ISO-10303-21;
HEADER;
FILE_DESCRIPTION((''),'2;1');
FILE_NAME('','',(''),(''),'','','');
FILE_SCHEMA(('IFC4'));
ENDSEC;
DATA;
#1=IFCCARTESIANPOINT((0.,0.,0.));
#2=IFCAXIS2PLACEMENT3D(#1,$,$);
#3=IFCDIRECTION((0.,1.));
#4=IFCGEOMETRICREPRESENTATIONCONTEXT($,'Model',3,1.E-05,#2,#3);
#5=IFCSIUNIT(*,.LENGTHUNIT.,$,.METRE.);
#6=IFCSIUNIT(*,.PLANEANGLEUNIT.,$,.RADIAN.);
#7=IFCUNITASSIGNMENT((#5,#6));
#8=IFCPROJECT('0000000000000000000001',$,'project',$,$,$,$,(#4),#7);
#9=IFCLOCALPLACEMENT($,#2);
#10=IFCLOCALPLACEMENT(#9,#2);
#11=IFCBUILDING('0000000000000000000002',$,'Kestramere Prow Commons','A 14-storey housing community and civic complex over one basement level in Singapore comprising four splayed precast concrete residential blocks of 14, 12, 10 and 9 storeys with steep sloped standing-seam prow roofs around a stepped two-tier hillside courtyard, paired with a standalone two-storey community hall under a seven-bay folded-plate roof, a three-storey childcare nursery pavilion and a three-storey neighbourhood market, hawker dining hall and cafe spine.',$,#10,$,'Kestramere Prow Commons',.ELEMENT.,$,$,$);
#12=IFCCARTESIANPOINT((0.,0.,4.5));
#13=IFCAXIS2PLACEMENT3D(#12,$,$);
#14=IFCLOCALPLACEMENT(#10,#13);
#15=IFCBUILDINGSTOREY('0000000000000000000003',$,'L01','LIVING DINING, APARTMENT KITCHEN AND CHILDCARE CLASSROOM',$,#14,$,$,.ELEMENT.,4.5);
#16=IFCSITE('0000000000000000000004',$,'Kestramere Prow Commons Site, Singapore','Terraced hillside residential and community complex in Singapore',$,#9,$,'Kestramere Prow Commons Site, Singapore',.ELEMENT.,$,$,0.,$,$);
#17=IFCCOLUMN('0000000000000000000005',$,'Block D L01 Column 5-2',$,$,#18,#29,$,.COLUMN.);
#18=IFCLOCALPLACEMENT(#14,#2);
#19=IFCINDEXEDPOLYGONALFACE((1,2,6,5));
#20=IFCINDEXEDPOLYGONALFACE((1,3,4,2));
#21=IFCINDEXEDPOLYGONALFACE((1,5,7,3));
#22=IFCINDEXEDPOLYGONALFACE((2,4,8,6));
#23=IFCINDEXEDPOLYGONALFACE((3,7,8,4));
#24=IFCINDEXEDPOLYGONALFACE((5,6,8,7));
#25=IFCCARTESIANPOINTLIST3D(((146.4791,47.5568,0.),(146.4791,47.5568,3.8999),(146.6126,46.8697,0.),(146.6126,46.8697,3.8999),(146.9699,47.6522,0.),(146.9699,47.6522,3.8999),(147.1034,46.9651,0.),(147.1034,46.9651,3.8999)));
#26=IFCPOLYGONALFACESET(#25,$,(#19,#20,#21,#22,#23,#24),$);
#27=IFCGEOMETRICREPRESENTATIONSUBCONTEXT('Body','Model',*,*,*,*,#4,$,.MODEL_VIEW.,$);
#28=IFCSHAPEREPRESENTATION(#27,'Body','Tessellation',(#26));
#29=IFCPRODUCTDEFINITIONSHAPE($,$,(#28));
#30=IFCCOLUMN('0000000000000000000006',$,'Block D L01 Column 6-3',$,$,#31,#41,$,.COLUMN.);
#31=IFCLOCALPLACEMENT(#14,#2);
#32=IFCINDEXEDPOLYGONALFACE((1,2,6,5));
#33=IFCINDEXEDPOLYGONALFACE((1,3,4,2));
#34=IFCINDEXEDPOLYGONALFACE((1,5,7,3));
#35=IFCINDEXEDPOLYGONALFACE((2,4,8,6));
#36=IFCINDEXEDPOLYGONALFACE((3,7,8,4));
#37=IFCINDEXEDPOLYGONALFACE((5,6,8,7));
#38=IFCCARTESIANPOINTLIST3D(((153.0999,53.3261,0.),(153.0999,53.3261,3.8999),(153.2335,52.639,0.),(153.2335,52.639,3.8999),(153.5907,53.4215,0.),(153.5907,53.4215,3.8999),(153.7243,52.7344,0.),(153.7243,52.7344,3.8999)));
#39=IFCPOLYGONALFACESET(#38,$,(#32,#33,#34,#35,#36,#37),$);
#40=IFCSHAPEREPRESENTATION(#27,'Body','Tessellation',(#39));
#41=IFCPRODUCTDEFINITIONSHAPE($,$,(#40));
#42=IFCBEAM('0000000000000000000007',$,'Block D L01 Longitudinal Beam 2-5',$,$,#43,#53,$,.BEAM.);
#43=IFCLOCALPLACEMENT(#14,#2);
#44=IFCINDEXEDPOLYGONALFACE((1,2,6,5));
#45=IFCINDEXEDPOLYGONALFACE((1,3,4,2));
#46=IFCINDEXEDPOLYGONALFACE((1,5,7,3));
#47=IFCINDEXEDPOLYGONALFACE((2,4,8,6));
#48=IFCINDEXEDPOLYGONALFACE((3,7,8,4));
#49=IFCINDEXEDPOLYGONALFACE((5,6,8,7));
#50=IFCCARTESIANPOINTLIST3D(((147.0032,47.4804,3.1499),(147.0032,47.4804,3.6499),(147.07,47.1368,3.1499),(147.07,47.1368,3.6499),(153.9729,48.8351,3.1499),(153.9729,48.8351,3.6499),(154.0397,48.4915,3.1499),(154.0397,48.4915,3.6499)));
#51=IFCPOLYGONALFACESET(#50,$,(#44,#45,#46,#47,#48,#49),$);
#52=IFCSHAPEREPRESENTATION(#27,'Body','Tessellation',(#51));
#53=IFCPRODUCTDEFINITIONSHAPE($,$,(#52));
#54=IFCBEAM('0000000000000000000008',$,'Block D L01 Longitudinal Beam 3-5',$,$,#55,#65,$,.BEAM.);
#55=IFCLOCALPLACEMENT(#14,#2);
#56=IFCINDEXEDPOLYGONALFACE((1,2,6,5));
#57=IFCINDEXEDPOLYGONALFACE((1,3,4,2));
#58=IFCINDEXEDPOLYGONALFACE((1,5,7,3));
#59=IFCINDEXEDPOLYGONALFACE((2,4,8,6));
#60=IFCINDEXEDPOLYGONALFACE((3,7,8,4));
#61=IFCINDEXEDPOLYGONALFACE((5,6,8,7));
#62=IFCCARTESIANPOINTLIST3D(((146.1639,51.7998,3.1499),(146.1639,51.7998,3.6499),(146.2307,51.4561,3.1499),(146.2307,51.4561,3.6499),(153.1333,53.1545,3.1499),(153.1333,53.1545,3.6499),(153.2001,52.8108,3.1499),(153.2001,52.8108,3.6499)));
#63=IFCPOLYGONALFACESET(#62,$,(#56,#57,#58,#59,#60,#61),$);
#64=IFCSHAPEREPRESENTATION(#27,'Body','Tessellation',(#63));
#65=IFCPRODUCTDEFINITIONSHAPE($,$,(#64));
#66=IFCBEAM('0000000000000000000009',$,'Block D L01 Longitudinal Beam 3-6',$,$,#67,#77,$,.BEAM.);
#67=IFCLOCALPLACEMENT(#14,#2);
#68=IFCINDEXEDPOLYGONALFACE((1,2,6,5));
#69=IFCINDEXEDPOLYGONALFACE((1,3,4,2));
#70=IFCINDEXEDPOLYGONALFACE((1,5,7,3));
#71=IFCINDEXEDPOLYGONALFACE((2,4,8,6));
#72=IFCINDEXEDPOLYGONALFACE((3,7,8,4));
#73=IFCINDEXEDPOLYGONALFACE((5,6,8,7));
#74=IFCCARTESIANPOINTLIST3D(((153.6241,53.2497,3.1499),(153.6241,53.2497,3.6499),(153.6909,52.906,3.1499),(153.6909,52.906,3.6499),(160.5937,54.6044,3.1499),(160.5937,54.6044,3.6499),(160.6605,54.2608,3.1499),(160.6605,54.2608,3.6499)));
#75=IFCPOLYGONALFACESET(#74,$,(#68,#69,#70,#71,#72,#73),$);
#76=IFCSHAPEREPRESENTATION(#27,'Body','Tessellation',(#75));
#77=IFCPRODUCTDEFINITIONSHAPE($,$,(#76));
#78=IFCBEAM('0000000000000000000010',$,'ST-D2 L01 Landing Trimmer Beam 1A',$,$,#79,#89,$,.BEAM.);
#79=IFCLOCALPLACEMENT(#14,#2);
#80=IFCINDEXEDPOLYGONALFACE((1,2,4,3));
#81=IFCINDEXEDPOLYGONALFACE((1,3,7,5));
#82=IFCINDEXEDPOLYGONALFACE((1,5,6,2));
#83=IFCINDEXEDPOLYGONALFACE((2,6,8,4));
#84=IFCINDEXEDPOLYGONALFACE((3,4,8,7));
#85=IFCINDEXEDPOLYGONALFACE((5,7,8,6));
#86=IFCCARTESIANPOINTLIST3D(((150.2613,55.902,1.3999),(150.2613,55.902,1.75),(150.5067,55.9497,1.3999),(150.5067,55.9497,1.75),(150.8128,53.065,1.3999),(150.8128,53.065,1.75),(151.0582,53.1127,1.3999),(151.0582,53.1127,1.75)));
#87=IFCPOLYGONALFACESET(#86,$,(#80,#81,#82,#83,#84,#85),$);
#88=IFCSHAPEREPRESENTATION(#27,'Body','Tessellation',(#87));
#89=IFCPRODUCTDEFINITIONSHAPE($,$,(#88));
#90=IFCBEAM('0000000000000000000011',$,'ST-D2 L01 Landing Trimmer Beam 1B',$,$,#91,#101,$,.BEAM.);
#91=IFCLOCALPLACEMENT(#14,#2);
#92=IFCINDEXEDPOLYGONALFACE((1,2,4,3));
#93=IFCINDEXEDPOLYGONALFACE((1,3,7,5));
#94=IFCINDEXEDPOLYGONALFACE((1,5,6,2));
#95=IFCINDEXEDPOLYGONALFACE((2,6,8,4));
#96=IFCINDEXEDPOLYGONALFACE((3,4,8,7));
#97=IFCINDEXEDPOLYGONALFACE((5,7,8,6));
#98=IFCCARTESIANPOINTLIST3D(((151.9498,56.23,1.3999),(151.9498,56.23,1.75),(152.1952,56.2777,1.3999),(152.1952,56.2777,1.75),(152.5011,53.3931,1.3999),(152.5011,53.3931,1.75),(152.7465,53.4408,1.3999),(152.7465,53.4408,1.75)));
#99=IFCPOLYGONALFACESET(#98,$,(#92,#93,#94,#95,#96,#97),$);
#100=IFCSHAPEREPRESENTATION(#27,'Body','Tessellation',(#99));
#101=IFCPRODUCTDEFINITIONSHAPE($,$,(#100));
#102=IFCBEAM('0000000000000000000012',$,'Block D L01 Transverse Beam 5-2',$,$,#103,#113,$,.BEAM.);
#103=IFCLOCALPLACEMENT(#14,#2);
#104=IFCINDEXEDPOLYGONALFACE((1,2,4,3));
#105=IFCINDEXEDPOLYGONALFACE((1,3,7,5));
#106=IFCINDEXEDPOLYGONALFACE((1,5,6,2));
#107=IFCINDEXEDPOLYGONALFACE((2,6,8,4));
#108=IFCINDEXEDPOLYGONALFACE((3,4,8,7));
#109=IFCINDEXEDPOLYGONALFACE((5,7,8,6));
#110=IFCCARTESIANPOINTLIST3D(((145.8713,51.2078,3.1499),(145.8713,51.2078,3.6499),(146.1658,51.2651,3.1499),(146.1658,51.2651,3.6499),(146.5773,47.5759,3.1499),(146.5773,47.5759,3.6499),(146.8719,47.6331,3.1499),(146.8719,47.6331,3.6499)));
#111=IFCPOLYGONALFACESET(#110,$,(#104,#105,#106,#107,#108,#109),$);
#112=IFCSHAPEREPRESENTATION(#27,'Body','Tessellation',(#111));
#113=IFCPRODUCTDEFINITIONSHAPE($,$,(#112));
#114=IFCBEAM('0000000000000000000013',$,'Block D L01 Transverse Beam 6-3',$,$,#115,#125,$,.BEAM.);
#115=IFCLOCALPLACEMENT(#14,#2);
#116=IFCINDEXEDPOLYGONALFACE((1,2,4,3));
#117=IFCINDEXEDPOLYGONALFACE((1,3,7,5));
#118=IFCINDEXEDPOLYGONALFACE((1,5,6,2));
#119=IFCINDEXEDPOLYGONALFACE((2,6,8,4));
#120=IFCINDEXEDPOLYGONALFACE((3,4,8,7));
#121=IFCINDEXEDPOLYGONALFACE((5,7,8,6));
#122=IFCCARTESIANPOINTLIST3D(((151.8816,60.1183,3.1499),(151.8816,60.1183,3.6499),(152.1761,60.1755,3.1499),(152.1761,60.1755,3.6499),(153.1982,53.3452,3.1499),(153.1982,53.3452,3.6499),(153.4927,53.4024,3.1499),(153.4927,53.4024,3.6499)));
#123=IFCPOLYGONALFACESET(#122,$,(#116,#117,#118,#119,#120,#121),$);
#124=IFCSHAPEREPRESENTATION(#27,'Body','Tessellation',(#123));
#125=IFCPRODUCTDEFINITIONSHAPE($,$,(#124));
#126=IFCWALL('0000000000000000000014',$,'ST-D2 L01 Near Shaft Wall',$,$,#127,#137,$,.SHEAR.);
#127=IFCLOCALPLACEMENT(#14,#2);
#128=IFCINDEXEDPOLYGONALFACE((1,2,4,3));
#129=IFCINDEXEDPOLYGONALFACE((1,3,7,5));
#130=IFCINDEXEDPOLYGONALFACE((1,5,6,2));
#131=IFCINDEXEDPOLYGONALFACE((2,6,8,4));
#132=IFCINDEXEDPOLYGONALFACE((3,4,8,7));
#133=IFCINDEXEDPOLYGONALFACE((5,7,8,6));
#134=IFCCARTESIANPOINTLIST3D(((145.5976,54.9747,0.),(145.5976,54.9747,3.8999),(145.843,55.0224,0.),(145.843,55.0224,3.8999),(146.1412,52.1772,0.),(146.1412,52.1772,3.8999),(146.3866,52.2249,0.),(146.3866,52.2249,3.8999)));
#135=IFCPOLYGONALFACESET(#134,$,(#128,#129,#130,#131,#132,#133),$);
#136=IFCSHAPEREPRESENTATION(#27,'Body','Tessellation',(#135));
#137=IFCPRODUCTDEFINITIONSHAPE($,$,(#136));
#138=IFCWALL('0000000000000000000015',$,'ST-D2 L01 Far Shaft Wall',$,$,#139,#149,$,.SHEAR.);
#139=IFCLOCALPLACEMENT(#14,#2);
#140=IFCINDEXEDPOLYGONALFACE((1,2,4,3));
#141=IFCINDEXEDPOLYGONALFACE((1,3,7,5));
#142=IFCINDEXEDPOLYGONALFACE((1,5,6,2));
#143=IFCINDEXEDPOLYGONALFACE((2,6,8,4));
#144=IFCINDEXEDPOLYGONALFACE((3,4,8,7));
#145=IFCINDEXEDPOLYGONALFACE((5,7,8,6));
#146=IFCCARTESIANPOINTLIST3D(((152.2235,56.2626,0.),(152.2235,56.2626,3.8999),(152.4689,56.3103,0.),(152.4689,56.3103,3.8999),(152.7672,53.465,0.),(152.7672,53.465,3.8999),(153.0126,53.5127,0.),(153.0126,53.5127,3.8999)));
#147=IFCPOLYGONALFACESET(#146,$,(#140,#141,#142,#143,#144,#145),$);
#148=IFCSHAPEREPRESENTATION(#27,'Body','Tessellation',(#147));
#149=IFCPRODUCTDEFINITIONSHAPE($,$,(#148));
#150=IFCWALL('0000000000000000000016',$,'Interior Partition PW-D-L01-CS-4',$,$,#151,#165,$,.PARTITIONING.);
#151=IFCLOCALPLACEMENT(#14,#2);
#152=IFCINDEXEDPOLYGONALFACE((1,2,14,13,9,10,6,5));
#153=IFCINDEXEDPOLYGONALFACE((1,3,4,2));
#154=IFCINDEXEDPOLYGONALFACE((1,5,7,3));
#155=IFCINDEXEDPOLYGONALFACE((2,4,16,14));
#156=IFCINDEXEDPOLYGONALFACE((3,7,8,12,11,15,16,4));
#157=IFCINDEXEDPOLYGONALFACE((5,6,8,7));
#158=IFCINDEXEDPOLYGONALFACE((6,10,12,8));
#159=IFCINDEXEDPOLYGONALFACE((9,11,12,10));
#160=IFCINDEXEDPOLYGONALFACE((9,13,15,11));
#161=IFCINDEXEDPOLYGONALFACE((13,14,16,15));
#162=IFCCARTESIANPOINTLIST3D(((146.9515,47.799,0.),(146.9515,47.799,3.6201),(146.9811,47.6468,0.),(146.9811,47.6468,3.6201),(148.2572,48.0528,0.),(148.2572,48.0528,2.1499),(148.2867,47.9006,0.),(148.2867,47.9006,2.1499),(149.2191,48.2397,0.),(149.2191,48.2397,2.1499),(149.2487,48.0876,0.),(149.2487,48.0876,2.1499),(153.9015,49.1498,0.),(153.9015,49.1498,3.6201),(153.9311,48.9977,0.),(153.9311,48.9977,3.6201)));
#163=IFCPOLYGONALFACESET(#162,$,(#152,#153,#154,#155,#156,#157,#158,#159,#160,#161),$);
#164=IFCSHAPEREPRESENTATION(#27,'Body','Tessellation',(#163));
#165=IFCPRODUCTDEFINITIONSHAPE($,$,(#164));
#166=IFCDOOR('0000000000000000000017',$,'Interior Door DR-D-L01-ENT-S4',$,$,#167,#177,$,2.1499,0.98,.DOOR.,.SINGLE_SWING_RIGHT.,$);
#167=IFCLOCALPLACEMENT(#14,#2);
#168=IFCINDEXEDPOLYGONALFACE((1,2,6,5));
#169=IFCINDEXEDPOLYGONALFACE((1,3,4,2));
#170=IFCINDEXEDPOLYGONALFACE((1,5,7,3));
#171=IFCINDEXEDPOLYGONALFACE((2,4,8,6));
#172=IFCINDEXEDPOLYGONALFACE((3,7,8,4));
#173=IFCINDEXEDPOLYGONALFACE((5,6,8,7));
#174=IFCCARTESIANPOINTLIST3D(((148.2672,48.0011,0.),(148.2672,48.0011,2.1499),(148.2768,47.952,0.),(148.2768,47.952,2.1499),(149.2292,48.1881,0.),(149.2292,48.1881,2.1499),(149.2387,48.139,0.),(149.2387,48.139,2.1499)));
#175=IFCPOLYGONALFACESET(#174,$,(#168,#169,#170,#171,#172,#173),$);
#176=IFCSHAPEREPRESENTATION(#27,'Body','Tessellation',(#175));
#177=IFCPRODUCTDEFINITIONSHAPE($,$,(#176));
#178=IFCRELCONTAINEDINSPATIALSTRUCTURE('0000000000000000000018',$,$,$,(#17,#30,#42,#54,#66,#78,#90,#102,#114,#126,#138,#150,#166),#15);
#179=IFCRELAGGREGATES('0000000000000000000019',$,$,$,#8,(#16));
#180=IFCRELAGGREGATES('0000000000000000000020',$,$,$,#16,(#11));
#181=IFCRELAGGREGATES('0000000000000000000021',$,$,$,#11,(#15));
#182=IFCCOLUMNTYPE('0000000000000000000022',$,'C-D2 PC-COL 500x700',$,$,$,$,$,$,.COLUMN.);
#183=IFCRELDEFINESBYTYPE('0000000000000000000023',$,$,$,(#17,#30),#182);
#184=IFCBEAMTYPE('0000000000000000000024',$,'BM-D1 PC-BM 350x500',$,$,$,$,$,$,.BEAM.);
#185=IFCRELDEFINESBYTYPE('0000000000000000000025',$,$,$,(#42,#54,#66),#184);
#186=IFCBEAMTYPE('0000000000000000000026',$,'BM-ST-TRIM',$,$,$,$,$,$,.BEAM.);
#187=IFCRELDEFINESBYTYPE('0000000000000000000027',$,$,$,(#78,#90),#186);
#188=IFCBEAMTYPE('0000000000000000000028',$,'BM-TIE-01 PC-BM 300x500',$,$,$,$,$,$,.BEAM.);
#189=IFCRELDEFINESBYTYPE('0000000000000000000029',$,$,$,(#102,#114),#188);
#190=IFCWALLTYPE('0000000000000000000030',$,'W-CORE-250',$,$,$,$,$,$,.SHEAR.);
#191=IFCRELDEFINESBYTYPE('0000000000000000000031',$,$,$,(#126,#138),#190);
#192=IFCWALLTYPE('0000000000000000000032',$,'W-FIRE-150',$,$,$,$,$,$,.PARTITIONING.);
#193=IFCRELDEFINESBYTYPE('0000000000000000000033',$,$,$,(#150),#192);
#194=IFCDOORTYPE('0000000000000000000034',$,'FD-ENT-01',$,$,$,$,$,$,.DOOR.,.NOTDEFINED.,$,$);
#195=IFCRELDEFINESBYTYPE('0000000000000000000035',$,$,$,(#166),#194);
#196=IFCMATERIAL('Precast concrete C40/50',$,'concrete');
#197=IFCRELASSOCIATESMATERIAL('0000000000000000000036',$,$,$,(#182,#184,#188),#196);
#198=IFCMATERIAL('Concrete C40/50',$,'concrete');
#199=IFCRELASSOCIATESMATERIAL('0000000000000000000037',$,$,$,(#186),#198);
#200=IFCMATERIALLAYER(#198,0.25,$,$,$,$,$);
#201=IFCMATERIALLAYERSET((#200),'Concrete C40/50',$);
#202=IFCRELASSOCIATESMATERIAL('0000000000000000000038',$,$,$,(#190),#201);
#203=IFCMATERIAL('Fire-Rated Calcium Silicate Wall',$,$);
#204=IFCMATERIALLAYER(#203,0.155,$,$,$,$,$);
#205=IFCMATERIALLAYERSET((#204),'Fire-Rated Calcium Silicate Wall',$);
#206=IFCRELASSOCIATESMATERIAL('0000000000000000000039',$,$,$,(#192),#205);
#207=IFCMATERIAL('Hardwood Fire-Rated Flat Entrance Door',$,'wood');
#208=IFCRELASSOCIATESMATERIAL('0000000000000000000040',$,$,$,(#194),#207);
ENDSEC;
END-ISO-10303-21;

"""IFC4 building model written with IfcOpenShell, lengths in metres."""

from ifc_helpers import new_model, si_unit, direction, frame, frame_2d, origin, origin_2d, place, context, subcontext, project, spatial, rectangle, extrude, material, layer, layer_set, material_profile, profile_set, type_object, element, fill, save


model = new_model("IFC4")

# Units and contexts
model_context = context("Model", 3, precision=1e-05, world=origin(), true_north=direction((0.0, 1.0)))
body_context = subcontext(model_context, "Body", "Model", "MODEL_VIEW")
ifc_project = project(units=[si_unit("LENGTHUNIT", "METRE"), si_unit("PLANEANGLEUNIT", "RADIAN")], contexts=[model_context])

# Site, building, storey
site_placement = place(None, origin())
site = spatial("IfcSite", under=ifc_project, at=site_placement, Name="Kestramere Prow Commons Site, Singapore", Description="Terraced hillside residential and community complex in Singapore", LongName="Kestramere Prow Commons Site, Singapore", CompositionType="ELEMENT", RefElevation=0.0)
building_placement = place(site_placement, origin())
building = spatial("IfcBuilding", under=site, at=building_placement, Name="Kestramere Prow Commons", Description="A 14-storey housing community and civic complex over one basement level in Singapore comprising four splayed precast concrete residential blocks of 14, 12, 10 and 9 storeys with steep sloped standing-seam prow roofs around a stepped two-tier hillside courtyard, paired with a standalone two-storey community hall under a seven-bay folded-plate roof, a three-storey childcare nursery pavilion and a three-storey neighbourhood market, hawker dining hall and cafe spine.", LongName="Kestramere Prow Commons", CompositionType="ELEMENT")
storey_placement = place(building_placement, frame((0.0, 0.0, 4.5)))
storey = spatial("IfcBuildingStorey", under=building, at=storey_placement, Name="L01", Description="LIVING DINING, APARTMENT KITCHEN AND CHILDCARE CLASSROOM", CompositionType="ELEMENT", Elevation=4.5)

# Columns
ifc_material_1 = material(Name="Precast concrete C40/50", Category="concrete")
ifc_material_profile_1 = material_profile(ifc_material_1, rectangle(XDim=0.5, YDim=0.7, at=origin_2d()), Name="PC-COL 500x700")
ifc_profile_set_1 = profile_set([ifc_material_profile_1], Name="Precast concrete C40/50")
column_type = type_object("IfcColumnType", Name="C-D2 PC-COL 500x700", PredefinedType="COLUMN", material=ifc_profile_set_1)
for number, where, z_axis, x_axis, name in (
    (1, (146.7913, 47.261, 0.0), (0.0, 0.0, 1.0), (0.981627, 0.190809, 0.0), "Block D L01 Column 5-2"),
    (2, (153.4121, 53.0303, 0.0), (0.0, 0.0, 1.0), (0.981627, 0.190809, 0.0), "Block D L01 Column 6-3"),
):
    element("IfcColumn", number, at=place(storey_placement, frame(where, z_axis=z_axis, x_axis=x_axis)), inside=storey, type_object=column_type, Name=name, PredefinedType="COLUMN", context=body_context, shape_type="SweptSolid", body=[
        extrude(rectangle(XDim=0.5, YDim=0.7, at=origin_2d()), origin(), (0.0, 0.0, 1.0), 3.8999),
    ])

# Beams
ifc_material_profile_2 = material_profile(ifc_material_1, rectangle(XDim=0.3501, YDim=0.5, at=origin_2d()), Name="PC-BM 350x500")
ifc_profile_set_2 = profile_set([ifc_material_profile_2], Name="Precast concrete C40/50")
beam_type_1 = type_object("IfcBeamType", Name="BM-D1 PC-BM 350x500", PredefinedType="BEAM", material=ifc_profile_set_2)
beam_1_placement = place(storey_placement, frame((147.0366, 47.3086, 3.3999), z_axis=(0.981628, 0.190803, 0.0), x_axis=(-0.190803, 0.981628, 0.0)))
element("IfcBeam", 3, at=beam_1_placement, inside=storey, type_object=beam_type_1, Name="Block D L01 Longitudinal Beam 2-5", PredefinedType="BEAM", context=body_context, shape_type="SweptSolid", body=[
    extrude(rectangle(XDim=0.3501, YDim=0.5, at=origin_2d()), origin(), (0.0, 0.0, 1.0), 7.1001),
])
beam_2_placement = place(storey_placement, frame((146.1973, 51.6279, 3.3999), z_axis=(0.981627, 0.19081, 0.0), x_axis=(-0.19081, 0.981627, 0.0)))
element("IfcBeam", 4, at=beam_2_placement, inside=storey, type_object=beam_type_1, Name="Block D L01 Longitudinal Beam 3-5", PredefinedType="BEAM", context=body_context, shape_type="SweptSolid", body=[
    extrude(rectangle(XDim=0.3501, YDim=0.5, at=origin_2d()), origin(), (0.0, 0.0, 1.0), 7.0999),
])
beam_3_placement = place(storey_placement, frame((153.6575, 53.0779, 3.3999), z_axis=(0.981628, 0.190803, 0.0), x_axis=(-0.190803, 0.981628, 0.0)))
element("IfcBeam", 5, at=beam_3_placement, inside=storey, type_object=beam_type_1, Name="Block D L01 Longitudinal Beam 3-6", PredefinedType="BEAM", context=body_context, shape_type="SweptSolid", body=[
    extrude(rectangle(XDim=0.3501, YDim=0.5, at=origin_2d()), origin(), (0.0, 0.0, 1.0), 7.1001),
])
ifc_material_2 = material(Name="Concrete C40/50", Category="concrete")
ifc_material_profile_3 = material_profile(ifc_material_2, rectangle(XDim=0.25, YDim=0.3501, at=origin_2d()), Name="PC-BM 250x350")
ifc_profile_set_3 = profile_set([ifc_material_profile_3], Name="Concrete C40/50")
beam_type_2 = type_object("IfcBeamType", Name="BM-ST-TRIM", PredefinedType="BEAM", material=ifc_profile_set_3)
beam_4_placement = place(storey_placement, frame((150.9355, 53.0889, 1.575), z_axis=(-0.190833, 0.981622, 0.0), x_axis=(-0.981622, -0.190833, 0.0)))
element("IfcBeam", 6, at=beam_4_placement, inside=storey, type_object=beam_type_2, Name="ST-D2 L01 Landing Trimmer Beam 1A", PredefinedType="BEAM", context=body_context, shape_type="SweptSolid", body=[
    extrude(rectangle(XDim=0.25, YDim=0.3501, at=origin_2d()), origin(), (0.0, 0.0, 1.0), 2.8901),
])
beam_5_placement = place(storey_placement, frame((152.6238, 53.417, 1.575), z_axis=(-0.190752, 0.981638, 0.0), x_axis=(-0.981638, -0.190752, 0.0)))
element("IfcBeam", 7, at=beam_5_placement, inside=storey, type_object=beam_type_2, Name="ST-D2 L01 Landing Trimmer Beam 1B", PredefinedType="BEAM", context=body_context, shape_type="SweptSolid", body=[
    extrude(rectangle(XDim=0.25, YDim=0.3501, at=origin_2d()), origin(), (0.0, 0.0, 1.0), 2.8899),
])
ifc_material_profile_4 = material_profile(ifc_material_1, rectangle(XDim=0.3, YDim=0.5, at=origin_2d()), Name="PC-BM 300x500")
ifc_profile_set_4 = profile_set([ifc_material_profile_4], Name="Precast concrete C40/50")
beam_type_3 = type_object("IfcBeamType", Name="BM-TIE-01 PC-BM 300x500", PredefinedType="BEAM", material=ifc_profile_set_4)
beam_6_placement = place(storey_placement, frame((146.7246, 47.6045, 3.3999), z_axis=(-0.190822, 0.981625, 0.0), x_axis=(-0.981625, -0.190822, 0.0)))
element("IfcBeam", 8, at=beam_6_placement, inside=storey, type_object=beam_type_3, Name="Block D L01 Transverse Beam 5-2", PredefinedType="BEAM", context=body_context, shape_type="SweptSolid", body=[
    extrude(rectangle(XDim=0.3, YDim=0.5, at=origin_2d()), origin(), (0.0, 0.0, 1.0), 3.7),
])
beam_7_placement = place(storey_placement, frame((153.3455, 53.3738, 3.3999), z_axis=(-0.190819, 0.981625, 0.0), x_axis=(-0.981625, -0.190819, 0.0)))
element("IfcBeam", 9, at=beam_7_placement, inside=storey, type_object=beam_type_3, Name="Block D L01 Transverse Beam 6-3", PredefinedType="BEAM", context=body_context, shape_type="SweptSolid", body=[
    extrude(rectangle(XDim=0.3, YDim=0.5, at=origin_2d()), origin(), (0.0, 0.0, 1.0), 6.8999),
])

# Walls
ifc_layer_1 = layer(ifc_material_2, 0.25)
ifc_layer_set_1 = layer_set([ifc_layer_1], Name="Concrete C40/50")
wall_type_1 = type_object("IfcWallType", Name="W-CORE-250", PredefinedType="SHEAR", material=ifc_layer_set_1)
for number, where, z_axis, x_axis, name in (
    (10, (146.2639, 52.2012, 0.0), (0.0, 0.0, 1.0), (-0.190776, 0.981634, 0.0), "ST-D2 L01 Near Shaft Wall"),
    (11, (152.8899, 53.489, 0.0), (0.0, 0.0, 1.0), (-0.190776, 0.981634, 0.0), "ST-D2 L01 Far Shaft Wall"),
):
    element("IfcWall", number, at=place(storey_placement, frame(where, z_axis=z_axis, x_axis=x_axis)), inside=storey, type_object=wall_type_1, Name=name, PredefinedType="SHEAR", context=body_context, shape_type="SweptSolid", body=[
        extrude(rectangle(XDim=2.8499, YDim=0.25, at=frame_2d((1.4248, 0.0))), origin(), (0.0, 0.0, 1.0), 3.8999),
    ])

# Wall, opening, door
ifc_material_3 = material(Name="Fire-Rated Calcium Silicate Wall")
ifc_layer_2 = layer(ifc_material_3, 0.155)
ifc_layer_set_2 = layer_set([ifc_layer_2], Name="Fire-Rated Calcium Silicate Wall")
wall_type_2 = type_object("IfcWallType", Name="W-FIRE-150", PredefinedType="PARTITIONING", material=ifc_layer_set_2)
wall_1_placement = place(storey_placement, frame((146.9663, 47.7229, 0.0), z_axis=(0.0, 0.0, 1.0), x_axis=(0.98163, 0.190795, 0.0)))
wall_1 = element("IfcWall", 12, at=wall_1_placement, inside=storey, type_object=wall_type_2, Name="Interior Partition PW-D-L01-CS-4", PredefinedType="PARTITIONING", context=body_context, shape_type="SweptSolid", body=[
    extrude(rectangle(XDim=7.0801, YDim=0.155, at=frame_2d((3.54, 0.0))), origin(), (0.0, 0.0, 1.0), 3.6201),
])
opening_1_placement = place(wall_1_placement, frame((1.3301, 0.0, 0.0)))
opening_1 = element("IfcOpeningElement", 13, at=opening_1_placement, cuts=wall_1, PredefinedType="OPENING", context=body_context, shape_type="SweptSolid", body=[
    extrude(rectangle(XDim=0.98, YDim=2.1499, at=frame_2d((0.49, 1.075))), frame((0.0, 0.0925, 0.0), z_axis=(0.0, -1.0, 0.0), x_axis=(1.0, 0.0, 0.0)), (0.0, 0.0, 1.0), 0.1851),
])
ifc_material_4 = material(Name="Hardwood Fire-Rated Flat Entrance Door", Category="wood")
door_type_1 = type_object("IfcDoorType", Name="FD-ENT-01", OperationType="NOTDEFINED", PredefinedType="DOOR", material=ifc_material_4)
door_1_placement = place(opening_1_placement, origin())
door_1 = element("IfcDoor", 14, at=door_1_placement, inside=storey, type_object=door_type_1, Name="Interior Door DR-D-L01-ENT-S4", OperationType="SINGLE_SWING_RIGHT", OverallHeight=2.1499, OverallWidth=0.98, PredefinedType="DOOR", context=body_context, shape_type="SweptSolid", body=[
    extrude(rectangle(XDim=0.98, YDim=2.1499, at=frame_2d((0.49, 1.075))), frame((0.0, 0.0249, 0.0), z_axis=(0.0, -1.0, 0.0), x_axis=(1.0, 0.0, 0.0)), (0.0, 0.0, 1.0), 0.05),
])
fill(opening_1, door_1)

save(model, "model.ifc")
